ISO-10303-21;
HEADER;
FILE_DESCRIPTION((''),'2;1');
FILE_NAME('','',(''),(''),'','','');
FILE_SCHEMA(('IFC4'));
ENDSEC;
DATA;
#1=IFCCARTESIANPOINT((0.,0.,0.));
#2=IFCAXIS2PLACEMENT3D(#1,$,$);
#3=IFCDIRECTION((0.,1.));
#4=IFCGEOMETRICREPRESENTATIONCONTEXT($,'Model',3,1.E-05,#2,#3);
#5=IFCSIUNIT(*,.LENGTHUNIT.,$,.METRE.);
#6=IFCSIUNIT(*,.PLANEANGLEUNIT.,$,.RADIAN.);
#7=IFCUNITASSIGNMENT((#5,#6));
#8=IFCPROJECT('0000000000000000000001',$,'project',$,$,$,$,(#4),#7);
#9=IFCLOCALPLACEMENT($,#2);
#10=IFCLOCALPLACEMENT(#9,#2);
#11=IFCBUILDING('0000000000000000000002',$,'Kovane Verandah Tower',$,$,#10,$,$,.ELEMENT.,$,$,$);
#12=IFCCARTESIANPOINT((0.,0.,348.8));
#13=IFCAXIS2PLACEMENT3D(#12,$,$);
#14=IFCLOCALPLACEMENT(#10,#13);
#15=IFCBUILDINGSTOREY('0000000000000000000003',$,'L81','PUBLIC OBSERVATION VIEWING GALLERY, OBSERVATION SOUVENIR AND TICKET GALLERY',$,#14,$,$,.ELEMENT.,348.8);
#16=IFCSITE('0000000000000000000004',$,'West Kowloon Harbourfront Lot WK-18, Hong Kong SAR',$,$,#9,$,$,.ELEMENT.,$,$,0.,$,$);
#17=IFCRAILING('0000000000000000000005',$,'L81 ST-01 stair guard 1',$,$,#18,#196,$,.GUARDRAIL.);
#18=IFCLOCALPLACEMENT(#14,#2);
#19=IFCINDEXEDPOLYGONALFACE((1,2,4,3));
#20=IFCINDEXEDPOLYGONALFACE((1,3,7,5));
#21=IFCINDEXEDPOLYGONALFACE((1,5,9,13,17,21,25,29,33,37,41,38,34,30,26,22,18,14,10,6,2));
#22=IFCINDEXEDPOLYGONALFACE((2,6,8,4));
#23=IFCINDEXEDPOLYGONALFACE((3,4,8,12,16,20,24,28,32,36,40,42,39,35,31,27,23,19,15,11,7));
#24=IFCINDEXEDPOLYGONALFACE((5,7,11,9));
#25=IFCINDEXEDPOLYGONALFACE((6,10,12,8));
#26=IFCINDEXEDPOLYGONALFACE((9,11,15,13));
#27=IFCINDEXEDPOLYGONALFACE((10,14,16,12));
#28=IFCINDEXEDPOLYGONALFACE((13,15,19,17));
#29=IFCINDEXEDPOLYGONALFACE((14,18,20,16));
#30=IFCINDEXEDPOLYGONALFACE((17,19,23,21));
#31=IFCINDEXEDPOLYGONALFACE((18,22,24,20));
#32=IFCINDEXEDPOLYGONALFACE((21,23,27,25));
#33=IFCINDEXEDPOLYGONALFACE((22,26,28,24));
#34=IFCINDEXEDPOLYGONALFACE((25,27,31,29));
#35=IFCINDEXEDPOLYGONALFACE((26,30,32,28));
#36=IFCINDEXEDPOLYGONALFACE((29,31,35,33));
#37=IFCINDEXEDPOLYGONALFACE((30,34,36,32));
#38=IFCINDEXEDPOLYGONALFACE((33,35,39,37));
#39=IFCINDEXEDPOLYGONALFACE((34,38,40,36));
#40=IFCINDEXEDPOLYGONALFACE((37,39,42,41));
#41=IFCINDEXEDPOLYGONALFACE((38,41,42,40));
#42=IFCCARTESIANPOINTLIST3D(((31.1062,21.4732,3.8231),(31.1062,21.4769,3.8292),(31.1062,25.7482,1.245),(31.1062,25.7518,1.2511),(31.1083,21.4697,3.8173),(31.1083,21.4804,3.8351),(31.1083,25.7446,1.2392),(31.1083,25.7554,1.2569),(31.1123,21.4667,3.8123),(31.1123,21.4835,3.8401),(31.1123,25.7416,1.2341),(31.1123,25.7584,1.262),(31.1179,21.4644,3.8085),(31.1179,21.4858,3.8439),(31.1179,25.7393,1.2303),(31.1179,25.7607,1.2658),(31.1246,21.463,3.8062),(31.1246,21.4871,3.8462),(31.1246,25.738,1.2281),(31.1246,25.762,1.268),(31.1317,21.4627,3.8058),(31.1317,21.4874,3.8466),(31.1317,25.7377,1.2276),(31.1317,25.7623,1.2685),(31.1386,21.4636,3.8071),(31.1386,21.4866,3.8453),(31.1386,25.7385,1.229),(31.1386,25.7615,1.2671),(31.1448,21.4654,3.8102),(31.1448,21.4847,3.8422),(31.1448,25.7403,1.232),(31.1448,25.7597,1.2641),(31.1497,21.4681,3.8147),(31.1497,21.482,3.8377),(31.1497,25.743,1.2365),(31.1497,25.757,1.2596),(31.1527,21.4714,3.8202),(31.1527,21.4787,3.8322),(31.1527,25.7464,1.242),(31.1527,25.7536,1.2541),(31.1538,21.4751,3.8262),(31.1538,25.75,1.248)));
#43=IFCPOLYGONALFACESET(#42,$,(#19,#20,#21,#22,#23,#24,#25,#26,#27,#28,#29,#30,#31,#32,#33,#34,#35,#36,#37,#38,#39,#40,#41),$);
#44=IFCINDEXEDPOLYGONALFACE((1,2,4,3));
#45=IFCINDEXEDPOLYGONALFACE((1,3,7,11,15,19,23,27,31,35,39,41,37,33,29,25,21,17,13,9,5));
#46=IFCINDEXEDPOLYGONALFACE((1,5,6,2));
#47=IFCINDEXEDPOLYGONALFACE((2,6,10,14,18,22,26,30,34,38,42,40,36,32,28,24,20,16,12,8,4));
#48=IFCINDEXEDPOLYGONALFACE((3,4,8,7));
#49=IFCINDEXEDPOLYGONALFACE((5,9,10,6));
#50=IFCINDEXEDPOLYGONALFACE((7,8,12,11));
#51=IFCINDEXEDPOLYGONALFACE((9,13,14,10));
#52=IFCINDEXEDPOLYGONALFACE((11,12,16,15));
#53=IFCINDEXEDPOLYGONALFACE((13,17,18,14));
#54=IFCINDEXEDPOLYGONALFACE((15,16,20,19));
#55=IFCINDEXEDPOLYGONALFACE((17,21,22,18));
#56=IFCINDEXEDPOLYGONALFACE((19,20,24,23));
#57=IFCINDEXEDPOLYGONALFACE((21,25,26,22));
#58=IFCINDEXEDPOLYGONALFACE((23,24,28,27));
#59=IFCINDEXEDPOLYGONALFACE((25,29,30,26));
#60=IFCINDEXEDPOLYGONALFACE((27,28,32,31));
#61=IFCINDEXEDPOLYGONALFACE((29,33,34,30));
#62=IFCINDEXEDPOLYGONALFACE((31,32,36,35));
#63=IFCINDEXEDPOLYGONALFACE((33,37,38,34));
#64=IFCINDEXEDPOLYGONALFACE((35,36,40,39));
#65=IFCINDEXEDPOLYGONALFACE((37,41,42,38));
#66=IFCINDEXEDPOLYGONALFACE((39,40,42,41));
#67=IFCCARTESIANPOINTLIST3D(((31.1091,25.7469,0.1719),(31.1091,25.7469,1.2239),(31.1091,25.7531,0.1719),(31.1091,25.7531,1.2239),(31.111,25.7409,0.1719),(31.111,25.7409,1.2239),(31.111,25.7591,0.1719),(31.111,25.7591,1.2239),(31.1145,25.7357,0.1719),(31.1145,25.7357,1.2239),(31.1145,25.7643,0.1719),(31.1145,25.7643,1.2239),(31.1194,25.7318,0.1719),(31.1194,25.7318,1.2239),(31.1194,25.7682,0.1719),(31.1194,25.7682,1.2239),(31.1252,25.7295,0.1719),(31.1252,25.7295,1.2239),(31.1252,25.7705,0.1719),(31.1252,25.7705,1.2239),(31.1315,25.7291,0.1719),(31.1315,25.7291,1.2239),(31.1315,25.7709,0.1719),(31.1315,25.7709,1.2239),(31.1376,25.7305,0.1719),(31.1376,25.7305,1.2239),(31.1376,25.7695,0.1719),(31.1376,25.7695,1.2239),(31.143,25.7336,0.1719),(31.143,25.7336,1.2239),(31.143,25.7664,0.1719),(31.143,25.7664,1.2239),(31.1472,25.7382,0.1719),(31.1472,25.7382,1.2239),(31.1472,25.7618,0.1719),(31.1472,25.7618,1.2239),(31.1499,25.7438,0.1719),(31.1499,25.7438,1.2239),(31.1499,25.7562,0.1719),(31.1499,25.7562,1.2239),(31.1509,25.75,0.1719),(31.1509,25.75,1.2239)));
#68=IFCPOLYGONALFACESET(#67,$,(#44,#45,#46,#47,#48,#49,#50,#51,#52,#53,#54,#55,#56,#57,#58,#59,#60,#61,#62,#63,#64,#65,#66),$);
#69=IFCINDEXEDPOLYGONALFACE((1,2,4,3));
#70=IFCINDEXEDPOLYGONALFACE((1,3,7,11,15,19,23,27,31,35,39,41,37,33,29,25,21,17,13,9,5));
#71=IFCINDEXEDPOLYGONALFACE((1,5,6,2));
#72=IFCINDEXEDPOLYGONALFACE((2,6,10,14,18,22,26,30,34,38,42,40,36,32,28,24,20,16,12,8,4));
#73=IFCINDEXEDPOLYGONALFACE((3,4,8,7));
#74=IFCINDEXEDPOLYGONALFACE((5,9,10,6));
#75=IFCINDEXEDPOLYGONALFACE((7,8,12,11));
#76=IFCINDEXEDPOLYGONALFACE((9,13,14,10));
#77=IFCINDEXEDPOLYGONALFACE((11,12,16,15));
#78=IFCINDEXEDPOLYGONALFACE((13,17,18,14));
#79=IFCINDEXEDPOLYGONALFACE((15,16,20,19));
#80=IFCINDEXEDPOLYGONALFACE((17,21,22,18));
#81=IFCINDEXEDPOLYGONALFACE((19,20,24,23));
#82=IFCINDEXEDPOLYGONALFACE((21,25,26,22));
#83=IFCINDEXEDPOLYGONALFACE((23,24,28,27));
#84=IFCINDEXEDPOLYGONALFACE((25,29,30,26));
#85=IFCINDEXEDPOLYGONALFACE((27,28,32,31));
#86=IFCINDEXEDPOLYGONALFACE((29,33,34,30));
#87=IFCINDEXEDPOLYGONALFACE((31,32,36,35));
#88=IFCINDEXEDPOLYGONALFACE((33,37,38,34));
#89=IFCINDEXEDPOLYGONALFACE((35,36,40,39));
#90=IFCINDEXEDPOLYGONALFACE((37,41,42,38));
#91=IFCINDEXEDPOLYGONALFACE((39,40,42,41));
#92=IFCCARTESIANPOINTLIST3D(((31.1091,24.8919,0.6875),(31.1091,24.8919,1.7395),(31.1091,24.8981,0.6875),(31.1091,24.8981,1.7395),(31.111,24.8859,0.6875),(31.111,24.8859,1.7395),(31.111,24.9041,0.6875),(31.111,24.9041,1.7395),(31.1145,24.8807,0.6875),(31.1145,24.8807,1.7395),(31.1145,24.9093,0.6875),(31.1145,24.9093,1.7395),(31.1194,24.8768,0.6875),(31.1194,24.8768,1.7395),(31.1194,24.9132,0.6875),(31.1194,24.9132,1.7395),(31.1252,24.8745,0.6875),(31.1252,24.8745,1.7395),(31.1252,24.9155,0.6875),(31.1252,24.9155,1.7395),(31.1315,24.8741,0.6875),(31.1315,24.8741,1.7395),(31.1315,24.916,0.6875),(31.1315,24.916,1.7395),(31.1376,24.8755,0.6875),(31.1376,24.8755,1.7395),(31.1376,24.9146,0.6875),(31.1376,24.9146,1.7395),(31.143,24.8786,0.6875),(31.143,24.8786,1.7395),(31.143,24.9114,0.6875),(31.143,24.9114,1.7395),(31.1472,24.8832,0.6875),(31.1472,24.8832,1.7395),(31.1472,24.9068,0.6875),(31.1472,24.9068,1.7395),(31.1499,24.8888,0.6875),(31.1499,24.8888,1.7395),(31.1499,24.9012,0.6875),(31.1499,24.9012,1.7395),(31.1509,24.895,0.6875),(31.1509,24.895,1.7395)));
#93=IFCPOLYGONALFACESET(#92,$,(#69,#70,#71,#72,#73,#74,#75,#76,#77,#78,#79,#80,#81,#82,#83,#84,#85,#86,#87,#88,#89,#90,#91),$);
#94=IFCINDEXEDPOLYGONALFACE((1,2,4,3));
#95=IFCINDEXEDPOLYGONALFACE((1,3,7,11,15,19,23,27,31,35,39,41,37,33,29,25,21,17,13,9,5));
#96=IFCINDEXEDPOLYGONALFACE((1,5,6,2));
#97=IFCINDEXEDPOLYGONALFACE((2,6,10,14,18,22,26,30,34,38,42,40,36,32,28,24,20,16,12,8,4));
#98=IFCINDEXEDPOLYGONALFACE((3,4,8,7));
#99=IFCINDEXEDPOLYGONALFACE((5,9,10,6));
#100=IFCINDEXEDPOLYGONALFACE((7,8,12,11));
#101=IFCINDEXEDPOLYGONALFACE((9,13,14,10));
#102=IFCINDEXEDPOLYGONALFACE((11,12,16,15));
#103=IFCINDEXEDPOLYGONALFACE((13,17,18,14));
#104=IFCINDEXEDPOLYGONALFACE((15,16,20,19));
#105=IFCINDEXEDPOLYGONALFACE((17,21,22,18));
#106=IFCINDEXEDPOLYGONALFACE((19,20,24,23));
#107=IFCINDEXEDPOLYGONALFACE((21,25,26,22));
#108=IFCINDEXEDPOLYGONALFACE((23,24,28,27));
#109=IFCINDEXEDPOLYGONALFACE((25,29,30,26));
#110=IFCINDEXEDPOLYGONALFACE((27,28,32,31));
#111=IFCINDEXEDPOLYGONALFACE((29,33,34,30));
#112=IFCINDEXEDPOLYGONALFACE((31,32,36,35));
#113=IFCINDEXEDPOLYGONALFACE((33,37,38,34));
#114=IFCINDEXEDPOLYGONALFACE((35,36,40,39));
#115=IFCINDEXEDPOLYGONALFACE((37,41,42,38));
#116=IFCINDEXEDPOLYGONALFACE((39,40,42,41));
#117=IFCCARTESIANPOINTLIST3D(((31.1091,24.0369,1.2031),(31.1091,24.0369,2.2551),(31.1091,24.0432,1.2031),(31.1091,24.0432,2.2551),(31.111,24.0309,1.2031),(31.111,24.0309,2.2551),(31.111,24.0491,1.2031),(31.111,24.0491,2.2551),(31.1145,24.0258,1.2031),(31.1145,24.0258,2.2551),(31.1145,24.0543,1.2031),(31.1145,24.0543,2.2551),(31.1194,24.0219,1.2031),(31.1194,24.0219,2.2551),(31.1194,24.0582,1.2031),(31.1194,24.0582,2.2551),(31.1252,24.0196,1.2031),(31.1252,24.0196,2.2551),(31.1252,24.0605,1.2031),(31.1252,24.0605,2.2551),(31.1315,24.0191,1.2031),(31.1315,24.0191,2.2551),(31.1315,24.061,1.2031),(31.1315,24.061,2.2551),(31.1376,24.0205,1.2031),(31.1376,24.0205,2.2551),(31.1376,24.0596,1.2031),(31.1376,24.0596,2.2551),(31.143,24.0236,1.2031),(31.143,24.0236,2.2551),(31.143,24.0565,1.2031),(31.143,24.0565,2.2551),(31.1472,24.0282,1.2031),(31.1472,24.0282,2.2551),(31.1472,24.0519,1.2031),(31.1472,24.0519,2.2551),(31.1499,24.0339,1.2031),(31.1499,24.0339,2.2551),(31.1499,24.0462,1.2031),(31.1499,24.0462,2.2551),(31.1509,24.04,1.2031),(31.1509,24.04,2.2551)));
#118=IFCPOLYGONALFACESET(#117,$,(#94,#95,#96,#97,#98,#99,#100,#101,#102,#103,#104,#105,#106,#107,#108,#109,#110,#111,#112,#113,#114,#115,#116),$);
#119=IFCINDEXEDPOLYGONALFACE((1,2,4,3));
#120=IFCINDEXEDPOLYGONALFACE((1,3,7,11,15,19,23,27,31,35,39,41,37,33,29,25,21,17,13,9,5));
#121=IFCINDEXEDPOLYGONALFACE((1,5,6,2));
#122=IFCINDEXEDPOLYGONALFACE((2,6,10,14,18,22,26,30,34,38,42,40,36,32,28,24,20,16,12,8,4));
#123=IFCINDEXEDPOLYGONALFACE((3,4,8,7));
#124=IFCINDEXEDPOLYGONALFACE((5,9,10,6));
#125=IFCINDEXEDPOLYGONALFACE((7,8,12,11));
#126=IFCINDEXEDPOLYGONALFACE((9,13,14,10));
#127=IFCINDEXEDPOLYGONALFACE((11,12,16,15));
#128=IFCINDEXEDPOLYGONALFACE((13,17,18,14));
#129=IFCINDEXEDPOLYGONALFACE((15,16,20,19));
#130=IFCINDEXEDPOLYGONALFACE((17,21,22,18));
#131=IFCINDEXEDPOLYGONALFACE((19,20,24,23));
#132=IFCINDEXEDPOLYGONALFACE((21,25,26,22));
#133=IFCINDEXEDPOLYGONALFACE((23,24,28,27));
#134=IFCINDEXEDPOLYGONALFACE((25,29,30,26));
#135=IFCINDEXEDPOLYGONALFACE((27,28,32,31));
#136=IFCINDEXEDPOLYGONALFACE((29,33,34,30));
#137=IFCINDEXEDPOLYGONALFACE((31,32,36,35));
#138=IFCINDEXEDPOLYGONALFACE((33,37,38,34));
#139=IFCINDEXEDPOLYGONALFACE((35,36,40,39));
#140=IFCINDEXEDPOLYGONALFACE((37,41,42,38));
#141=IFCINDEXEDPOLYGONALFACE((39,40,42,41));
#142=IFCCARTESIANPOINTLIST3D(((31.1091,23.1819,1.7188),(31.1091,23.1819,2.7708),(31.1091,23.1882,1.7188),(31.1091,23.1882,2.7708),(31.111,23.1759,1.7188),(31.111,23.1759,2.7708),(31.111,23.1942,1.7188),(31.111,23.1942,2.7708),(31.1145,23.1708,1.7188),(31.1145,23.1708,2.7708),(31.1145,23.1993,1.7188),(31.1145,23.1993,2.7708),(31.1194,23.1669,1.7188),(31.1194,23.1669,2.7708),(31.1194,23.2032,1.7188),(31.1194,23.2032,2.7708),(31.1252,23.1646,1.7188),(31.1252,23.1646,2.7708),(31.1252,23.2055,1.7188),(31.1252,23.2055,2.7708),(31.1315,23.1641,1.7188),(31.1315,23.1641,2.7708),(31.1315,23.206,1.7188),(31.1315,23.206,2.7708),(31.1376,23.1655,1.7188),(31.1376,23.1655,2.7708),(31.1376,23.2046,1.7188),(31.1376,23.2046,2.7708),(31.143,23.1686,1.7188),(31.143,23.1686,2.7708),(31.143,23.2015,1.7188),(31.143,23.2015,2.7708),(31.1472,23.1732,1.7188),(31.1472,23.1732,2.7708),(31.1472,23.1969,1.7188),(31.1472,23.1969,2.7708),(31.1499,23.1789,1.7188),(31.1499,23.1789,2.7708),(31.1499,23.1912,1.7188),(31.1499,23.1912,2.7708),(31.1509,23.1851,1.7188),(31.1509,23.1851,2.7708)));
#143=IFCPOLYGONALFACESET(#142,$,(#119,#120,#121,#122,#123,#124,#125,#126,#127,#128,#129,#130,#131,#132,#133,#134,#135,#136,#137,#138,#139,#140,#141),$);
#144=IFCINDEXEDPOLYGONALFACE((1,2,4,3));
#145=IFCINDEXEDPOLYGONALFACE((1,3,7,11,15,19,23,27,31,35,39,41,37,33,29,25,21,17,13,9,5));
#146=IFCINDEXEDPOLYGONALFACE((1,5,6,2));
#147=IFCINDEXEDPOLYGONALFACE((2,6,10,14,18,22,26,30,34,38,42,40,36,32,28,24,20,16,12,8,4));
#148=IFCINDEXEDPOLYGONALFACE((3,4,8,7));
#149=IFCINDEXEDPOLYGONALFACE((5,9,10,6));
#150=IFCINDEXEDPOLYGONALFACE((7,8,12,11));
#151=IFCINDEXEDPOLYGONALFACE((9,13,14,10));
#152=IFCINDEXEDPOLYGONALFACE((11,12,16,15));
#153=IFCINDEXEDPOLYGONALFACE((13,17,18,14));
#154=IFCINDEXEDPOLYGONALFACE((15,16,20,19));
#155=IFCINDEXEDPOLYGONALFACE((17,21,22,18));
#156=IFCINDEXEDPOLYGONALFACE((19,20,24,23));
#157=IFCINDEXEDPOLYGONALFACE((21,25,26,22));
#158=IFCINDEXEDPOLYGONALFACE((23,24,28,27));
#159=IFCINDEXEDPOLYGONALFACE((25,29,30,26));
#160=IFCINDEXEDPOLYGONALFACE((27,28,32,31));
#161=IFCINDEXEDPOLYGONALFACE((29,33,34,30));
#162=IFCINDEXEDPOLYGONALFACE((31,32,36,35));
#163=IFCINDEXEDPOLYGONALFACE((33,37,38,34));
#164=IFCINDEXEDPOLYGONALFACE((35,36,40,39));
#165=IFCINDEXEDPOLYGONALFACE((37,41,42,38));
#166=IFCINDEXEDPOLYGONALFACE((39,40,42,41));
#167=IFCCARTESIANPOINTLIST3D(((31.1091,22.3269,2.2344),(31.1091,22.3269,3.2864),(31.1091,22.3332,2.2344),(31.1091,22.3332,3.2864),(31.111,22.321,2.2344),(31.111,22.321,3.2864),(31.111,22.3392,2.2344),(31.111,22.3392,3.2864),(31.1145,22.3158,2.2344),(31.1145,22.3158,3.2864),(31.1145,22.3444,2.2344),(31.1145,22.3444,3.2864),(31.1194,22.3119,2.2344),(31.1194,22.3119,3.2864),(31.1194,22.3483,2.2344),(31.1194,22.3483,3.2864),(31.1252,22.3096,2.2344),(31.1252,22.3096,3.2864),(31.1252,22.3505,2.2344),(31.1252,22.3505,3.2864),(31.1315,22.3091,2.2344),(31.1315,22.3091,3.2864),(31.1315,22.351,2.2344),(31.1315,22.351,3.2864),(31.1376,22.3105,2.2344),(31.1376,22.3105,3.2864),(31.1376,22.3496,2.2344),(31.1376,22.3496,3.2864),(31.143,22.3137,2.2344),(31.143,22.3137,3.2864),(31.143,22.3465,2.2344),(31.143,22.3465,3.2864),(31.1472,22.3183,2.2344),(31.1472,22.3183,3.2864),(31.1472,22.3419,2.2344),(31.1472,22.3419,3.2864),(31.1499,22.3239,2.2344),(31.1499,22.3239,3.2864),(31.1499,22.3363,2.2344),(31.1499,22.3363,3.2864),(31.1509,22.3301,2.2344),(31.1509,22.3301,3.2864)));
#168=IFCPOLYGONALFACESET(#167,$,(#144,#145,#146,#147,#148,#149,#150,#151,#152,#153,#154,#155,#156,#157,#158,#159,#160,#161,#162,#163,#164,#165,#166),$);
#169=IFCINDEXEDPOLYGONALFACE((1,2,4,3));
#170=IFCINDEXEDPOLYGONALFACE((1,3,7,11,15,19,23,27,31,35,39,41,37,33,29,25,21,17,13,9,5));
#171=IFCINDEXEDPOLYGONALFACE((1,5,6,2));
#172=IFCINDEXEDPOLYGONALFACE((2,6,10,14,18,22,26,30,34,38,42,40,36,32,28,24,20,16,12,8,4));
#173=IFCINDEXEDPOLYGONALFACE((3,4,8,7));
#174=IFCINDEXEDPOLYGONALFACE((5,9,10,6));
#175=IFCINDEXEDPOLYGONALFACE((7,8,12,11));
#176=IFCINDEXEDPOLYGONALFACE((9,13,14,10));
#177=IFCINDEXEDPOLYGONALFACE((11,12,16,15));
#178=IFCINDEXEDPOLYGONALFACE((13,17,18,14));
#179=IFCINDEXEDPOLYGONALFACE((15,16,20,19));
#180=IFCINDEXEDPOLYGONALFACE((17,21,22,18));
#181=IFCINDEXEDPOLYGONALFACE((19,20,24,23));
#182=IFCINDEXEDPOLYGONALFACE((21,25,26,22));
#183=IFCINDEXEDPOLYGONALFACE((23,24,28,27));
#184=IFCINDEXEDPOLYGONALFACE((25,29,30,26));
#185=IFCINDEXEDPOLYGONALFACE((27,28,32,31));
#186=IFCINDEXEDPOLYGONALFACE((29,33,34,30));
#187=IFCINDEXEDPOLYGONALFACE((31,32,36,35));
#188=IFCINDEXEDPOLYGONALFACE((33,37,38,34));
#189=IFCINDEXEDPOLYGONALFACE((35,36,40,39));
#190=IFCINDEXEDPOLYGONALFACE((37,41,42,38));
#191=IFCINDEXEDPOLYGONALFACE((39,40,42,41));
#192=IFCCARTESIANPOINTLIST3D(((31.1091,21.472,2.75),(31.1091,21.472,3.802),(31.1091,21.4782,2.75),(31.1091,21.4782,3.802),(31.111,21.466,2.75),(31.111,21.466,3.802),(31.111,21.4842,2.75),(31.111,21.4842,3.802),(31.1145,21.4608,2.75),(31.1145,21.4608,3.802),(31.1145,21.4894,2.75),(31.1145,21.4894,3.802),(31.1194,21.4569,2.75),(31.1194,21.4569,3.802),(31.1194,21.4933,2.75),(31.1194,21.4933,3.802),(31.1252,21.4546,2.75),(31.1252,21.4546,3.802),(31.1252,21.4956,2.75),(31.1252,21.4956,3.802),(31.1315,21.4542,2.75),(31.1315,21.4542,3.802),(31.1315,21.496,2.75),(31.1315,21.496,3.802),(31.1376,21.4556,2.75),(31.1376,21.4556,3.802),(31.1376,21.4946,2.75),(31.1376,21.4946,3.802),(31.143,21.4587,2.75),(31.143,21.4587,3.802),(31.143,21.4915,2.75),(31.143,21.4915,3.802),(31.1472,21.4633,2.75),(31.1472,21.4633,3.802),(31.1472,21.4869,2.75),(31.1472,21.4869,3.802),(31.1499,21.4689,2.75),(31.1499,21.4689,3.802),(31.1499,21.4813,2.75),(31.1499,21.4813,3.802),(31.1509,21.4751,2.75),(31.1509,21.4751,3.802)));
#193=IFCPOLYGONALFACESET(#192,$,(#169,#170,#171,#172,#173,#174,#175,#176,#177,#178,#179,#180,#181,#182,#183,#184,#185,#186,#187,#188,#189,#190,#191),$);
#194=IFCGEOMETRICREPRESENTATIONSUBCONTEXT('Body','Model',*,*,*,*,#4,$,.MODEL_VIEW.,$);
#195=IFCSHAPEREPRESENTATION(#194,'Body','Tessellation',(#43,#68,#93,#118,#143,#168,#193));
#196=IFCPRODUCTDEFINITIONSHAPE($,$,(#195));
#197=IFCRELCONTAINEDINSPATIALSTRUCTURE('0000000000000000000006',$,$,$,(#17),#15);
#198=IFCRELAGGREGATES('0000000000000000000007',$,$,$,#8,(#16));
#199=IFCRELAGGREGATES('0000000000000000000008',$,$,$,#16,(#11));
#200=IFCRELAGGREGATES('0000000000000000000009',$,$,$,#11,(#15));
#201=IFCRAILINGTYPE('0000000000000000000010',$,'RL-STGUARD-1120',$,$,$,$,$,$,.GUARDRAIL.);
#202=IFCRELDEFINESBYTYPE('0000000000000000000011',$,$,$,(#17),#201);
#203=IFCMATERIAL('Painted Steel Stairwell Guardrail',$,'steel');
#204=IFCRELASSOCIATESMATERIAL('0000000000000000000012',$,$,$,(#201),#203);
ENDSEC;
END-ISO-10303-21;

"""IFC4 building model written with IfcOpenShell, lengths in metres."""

from ifc_helpers import new_model, si_unit, direction, frame, origin, origin_2d, place, context, subcontext, project, spatial, circle, extrude, material, type_object, element, save


model = new_model("IFC4")

# Units and contexts
model_context = context("Model", 3, precision=1e-05, world=origin(), true_north=direction((0.0, 1.0)))
body_context = subcontext(model_context, "Body", "Model", "MODEL_VIEW")
ifc_project = project(units=[si_unit("LENGTHUNIT", "METRE"), si_unit("PLANEANGLEUNIT", "RADIAN")], contexts=[model_context])

# Site, building, storey
site_placement = place(None, origin())
site = spatial("IfcSite", under=ifc_project, at=site_placement, Name="West Kowloon Harbourfront Lot WK-18, Hong Kong SAR", CompositionType="ELEMENT", RefElevation=0.0)
building_placement = place(site_placement, origin())
building = spatial("IfcBuilding", under=site, at=building_placement, Name="Kovane Verandah Tower", CompositionType="ELEMENT")
storey_placement = place(building_placement, frame((0.0, 0.0, 348.8)))
storey = spatial("IfcBuildingStorey", under=building, at=storey_placement, Name="L81", Description="PUBLIC OBSERVATION VIEWING GALLERY, OBSERVATION SOUVENIR AND TICKET GALLERY", CompositionType="ELEMENT", Elevation=348.8)

# Railing
ifc_material_1 = material(Name="Painted Steel Stairwell Guardrail", Category="steel")
railing_type_1 = type_object("IfcRailingType", Name="RL-STGUARD-1120", PredefinedType="GUARDRAIL", material=ifc_material_1)
railing_1_placement = place(storey_placement, frame((31.1299, 25.75, 0.1719)))
element("IfcRailing", 1, at=railing_1_placement, inside=storey, type_object=railing_type_1, Name="L81 ST-01 stair guard 1", PredefinedType="GUARDRAIL", context=body_context, shape_type="SweptSolid", body=[
    extrude(circle(Radius=0.0239, at=origin_2d()), frame((0.0, 0.0, 1.0762), z_axis=(0.0, -0.856326, 0.516436), x_axis=(1.0, 0.0, 0.0)), (0.0, 0.0, 1.0), 4.9922),
    extrude(circle(Radius=0.021, at=origin_2d()), origin(), (0.0, 0.0, 1.0), 1.052),
    extrude(circle(Radius=0.021, at=origin_2d()), frame((0.0, -0.855, 0.5156)), (0.0, 0.0, 1.0), 1.052),
    extrude(circle(Radius=0.021, at=origin_2d()), frame((0.0, -1.71, 1.0312)), (0.0, 0.0, 1.0), 1.052),
    extrude(circle(Radius=0.021, at=origin_2d()), frame((0.0, -2.5649, 1.5469)), (0.0, 0.0, 1.0), 1.052),
    extrude(circle(Radius=0.021, at=origin_2d()), frame((0.0, -3.4199, 2.0625)), (0.0, 0.0, 1.0), 1.052),
    extrude(circle(Radius=0.021, at=origin_2d()), frame((0.0, -4.2749, 2.5781)), (0.0, 0.0, 1.0), 1.052),
])

save(model, "model.ifc")
